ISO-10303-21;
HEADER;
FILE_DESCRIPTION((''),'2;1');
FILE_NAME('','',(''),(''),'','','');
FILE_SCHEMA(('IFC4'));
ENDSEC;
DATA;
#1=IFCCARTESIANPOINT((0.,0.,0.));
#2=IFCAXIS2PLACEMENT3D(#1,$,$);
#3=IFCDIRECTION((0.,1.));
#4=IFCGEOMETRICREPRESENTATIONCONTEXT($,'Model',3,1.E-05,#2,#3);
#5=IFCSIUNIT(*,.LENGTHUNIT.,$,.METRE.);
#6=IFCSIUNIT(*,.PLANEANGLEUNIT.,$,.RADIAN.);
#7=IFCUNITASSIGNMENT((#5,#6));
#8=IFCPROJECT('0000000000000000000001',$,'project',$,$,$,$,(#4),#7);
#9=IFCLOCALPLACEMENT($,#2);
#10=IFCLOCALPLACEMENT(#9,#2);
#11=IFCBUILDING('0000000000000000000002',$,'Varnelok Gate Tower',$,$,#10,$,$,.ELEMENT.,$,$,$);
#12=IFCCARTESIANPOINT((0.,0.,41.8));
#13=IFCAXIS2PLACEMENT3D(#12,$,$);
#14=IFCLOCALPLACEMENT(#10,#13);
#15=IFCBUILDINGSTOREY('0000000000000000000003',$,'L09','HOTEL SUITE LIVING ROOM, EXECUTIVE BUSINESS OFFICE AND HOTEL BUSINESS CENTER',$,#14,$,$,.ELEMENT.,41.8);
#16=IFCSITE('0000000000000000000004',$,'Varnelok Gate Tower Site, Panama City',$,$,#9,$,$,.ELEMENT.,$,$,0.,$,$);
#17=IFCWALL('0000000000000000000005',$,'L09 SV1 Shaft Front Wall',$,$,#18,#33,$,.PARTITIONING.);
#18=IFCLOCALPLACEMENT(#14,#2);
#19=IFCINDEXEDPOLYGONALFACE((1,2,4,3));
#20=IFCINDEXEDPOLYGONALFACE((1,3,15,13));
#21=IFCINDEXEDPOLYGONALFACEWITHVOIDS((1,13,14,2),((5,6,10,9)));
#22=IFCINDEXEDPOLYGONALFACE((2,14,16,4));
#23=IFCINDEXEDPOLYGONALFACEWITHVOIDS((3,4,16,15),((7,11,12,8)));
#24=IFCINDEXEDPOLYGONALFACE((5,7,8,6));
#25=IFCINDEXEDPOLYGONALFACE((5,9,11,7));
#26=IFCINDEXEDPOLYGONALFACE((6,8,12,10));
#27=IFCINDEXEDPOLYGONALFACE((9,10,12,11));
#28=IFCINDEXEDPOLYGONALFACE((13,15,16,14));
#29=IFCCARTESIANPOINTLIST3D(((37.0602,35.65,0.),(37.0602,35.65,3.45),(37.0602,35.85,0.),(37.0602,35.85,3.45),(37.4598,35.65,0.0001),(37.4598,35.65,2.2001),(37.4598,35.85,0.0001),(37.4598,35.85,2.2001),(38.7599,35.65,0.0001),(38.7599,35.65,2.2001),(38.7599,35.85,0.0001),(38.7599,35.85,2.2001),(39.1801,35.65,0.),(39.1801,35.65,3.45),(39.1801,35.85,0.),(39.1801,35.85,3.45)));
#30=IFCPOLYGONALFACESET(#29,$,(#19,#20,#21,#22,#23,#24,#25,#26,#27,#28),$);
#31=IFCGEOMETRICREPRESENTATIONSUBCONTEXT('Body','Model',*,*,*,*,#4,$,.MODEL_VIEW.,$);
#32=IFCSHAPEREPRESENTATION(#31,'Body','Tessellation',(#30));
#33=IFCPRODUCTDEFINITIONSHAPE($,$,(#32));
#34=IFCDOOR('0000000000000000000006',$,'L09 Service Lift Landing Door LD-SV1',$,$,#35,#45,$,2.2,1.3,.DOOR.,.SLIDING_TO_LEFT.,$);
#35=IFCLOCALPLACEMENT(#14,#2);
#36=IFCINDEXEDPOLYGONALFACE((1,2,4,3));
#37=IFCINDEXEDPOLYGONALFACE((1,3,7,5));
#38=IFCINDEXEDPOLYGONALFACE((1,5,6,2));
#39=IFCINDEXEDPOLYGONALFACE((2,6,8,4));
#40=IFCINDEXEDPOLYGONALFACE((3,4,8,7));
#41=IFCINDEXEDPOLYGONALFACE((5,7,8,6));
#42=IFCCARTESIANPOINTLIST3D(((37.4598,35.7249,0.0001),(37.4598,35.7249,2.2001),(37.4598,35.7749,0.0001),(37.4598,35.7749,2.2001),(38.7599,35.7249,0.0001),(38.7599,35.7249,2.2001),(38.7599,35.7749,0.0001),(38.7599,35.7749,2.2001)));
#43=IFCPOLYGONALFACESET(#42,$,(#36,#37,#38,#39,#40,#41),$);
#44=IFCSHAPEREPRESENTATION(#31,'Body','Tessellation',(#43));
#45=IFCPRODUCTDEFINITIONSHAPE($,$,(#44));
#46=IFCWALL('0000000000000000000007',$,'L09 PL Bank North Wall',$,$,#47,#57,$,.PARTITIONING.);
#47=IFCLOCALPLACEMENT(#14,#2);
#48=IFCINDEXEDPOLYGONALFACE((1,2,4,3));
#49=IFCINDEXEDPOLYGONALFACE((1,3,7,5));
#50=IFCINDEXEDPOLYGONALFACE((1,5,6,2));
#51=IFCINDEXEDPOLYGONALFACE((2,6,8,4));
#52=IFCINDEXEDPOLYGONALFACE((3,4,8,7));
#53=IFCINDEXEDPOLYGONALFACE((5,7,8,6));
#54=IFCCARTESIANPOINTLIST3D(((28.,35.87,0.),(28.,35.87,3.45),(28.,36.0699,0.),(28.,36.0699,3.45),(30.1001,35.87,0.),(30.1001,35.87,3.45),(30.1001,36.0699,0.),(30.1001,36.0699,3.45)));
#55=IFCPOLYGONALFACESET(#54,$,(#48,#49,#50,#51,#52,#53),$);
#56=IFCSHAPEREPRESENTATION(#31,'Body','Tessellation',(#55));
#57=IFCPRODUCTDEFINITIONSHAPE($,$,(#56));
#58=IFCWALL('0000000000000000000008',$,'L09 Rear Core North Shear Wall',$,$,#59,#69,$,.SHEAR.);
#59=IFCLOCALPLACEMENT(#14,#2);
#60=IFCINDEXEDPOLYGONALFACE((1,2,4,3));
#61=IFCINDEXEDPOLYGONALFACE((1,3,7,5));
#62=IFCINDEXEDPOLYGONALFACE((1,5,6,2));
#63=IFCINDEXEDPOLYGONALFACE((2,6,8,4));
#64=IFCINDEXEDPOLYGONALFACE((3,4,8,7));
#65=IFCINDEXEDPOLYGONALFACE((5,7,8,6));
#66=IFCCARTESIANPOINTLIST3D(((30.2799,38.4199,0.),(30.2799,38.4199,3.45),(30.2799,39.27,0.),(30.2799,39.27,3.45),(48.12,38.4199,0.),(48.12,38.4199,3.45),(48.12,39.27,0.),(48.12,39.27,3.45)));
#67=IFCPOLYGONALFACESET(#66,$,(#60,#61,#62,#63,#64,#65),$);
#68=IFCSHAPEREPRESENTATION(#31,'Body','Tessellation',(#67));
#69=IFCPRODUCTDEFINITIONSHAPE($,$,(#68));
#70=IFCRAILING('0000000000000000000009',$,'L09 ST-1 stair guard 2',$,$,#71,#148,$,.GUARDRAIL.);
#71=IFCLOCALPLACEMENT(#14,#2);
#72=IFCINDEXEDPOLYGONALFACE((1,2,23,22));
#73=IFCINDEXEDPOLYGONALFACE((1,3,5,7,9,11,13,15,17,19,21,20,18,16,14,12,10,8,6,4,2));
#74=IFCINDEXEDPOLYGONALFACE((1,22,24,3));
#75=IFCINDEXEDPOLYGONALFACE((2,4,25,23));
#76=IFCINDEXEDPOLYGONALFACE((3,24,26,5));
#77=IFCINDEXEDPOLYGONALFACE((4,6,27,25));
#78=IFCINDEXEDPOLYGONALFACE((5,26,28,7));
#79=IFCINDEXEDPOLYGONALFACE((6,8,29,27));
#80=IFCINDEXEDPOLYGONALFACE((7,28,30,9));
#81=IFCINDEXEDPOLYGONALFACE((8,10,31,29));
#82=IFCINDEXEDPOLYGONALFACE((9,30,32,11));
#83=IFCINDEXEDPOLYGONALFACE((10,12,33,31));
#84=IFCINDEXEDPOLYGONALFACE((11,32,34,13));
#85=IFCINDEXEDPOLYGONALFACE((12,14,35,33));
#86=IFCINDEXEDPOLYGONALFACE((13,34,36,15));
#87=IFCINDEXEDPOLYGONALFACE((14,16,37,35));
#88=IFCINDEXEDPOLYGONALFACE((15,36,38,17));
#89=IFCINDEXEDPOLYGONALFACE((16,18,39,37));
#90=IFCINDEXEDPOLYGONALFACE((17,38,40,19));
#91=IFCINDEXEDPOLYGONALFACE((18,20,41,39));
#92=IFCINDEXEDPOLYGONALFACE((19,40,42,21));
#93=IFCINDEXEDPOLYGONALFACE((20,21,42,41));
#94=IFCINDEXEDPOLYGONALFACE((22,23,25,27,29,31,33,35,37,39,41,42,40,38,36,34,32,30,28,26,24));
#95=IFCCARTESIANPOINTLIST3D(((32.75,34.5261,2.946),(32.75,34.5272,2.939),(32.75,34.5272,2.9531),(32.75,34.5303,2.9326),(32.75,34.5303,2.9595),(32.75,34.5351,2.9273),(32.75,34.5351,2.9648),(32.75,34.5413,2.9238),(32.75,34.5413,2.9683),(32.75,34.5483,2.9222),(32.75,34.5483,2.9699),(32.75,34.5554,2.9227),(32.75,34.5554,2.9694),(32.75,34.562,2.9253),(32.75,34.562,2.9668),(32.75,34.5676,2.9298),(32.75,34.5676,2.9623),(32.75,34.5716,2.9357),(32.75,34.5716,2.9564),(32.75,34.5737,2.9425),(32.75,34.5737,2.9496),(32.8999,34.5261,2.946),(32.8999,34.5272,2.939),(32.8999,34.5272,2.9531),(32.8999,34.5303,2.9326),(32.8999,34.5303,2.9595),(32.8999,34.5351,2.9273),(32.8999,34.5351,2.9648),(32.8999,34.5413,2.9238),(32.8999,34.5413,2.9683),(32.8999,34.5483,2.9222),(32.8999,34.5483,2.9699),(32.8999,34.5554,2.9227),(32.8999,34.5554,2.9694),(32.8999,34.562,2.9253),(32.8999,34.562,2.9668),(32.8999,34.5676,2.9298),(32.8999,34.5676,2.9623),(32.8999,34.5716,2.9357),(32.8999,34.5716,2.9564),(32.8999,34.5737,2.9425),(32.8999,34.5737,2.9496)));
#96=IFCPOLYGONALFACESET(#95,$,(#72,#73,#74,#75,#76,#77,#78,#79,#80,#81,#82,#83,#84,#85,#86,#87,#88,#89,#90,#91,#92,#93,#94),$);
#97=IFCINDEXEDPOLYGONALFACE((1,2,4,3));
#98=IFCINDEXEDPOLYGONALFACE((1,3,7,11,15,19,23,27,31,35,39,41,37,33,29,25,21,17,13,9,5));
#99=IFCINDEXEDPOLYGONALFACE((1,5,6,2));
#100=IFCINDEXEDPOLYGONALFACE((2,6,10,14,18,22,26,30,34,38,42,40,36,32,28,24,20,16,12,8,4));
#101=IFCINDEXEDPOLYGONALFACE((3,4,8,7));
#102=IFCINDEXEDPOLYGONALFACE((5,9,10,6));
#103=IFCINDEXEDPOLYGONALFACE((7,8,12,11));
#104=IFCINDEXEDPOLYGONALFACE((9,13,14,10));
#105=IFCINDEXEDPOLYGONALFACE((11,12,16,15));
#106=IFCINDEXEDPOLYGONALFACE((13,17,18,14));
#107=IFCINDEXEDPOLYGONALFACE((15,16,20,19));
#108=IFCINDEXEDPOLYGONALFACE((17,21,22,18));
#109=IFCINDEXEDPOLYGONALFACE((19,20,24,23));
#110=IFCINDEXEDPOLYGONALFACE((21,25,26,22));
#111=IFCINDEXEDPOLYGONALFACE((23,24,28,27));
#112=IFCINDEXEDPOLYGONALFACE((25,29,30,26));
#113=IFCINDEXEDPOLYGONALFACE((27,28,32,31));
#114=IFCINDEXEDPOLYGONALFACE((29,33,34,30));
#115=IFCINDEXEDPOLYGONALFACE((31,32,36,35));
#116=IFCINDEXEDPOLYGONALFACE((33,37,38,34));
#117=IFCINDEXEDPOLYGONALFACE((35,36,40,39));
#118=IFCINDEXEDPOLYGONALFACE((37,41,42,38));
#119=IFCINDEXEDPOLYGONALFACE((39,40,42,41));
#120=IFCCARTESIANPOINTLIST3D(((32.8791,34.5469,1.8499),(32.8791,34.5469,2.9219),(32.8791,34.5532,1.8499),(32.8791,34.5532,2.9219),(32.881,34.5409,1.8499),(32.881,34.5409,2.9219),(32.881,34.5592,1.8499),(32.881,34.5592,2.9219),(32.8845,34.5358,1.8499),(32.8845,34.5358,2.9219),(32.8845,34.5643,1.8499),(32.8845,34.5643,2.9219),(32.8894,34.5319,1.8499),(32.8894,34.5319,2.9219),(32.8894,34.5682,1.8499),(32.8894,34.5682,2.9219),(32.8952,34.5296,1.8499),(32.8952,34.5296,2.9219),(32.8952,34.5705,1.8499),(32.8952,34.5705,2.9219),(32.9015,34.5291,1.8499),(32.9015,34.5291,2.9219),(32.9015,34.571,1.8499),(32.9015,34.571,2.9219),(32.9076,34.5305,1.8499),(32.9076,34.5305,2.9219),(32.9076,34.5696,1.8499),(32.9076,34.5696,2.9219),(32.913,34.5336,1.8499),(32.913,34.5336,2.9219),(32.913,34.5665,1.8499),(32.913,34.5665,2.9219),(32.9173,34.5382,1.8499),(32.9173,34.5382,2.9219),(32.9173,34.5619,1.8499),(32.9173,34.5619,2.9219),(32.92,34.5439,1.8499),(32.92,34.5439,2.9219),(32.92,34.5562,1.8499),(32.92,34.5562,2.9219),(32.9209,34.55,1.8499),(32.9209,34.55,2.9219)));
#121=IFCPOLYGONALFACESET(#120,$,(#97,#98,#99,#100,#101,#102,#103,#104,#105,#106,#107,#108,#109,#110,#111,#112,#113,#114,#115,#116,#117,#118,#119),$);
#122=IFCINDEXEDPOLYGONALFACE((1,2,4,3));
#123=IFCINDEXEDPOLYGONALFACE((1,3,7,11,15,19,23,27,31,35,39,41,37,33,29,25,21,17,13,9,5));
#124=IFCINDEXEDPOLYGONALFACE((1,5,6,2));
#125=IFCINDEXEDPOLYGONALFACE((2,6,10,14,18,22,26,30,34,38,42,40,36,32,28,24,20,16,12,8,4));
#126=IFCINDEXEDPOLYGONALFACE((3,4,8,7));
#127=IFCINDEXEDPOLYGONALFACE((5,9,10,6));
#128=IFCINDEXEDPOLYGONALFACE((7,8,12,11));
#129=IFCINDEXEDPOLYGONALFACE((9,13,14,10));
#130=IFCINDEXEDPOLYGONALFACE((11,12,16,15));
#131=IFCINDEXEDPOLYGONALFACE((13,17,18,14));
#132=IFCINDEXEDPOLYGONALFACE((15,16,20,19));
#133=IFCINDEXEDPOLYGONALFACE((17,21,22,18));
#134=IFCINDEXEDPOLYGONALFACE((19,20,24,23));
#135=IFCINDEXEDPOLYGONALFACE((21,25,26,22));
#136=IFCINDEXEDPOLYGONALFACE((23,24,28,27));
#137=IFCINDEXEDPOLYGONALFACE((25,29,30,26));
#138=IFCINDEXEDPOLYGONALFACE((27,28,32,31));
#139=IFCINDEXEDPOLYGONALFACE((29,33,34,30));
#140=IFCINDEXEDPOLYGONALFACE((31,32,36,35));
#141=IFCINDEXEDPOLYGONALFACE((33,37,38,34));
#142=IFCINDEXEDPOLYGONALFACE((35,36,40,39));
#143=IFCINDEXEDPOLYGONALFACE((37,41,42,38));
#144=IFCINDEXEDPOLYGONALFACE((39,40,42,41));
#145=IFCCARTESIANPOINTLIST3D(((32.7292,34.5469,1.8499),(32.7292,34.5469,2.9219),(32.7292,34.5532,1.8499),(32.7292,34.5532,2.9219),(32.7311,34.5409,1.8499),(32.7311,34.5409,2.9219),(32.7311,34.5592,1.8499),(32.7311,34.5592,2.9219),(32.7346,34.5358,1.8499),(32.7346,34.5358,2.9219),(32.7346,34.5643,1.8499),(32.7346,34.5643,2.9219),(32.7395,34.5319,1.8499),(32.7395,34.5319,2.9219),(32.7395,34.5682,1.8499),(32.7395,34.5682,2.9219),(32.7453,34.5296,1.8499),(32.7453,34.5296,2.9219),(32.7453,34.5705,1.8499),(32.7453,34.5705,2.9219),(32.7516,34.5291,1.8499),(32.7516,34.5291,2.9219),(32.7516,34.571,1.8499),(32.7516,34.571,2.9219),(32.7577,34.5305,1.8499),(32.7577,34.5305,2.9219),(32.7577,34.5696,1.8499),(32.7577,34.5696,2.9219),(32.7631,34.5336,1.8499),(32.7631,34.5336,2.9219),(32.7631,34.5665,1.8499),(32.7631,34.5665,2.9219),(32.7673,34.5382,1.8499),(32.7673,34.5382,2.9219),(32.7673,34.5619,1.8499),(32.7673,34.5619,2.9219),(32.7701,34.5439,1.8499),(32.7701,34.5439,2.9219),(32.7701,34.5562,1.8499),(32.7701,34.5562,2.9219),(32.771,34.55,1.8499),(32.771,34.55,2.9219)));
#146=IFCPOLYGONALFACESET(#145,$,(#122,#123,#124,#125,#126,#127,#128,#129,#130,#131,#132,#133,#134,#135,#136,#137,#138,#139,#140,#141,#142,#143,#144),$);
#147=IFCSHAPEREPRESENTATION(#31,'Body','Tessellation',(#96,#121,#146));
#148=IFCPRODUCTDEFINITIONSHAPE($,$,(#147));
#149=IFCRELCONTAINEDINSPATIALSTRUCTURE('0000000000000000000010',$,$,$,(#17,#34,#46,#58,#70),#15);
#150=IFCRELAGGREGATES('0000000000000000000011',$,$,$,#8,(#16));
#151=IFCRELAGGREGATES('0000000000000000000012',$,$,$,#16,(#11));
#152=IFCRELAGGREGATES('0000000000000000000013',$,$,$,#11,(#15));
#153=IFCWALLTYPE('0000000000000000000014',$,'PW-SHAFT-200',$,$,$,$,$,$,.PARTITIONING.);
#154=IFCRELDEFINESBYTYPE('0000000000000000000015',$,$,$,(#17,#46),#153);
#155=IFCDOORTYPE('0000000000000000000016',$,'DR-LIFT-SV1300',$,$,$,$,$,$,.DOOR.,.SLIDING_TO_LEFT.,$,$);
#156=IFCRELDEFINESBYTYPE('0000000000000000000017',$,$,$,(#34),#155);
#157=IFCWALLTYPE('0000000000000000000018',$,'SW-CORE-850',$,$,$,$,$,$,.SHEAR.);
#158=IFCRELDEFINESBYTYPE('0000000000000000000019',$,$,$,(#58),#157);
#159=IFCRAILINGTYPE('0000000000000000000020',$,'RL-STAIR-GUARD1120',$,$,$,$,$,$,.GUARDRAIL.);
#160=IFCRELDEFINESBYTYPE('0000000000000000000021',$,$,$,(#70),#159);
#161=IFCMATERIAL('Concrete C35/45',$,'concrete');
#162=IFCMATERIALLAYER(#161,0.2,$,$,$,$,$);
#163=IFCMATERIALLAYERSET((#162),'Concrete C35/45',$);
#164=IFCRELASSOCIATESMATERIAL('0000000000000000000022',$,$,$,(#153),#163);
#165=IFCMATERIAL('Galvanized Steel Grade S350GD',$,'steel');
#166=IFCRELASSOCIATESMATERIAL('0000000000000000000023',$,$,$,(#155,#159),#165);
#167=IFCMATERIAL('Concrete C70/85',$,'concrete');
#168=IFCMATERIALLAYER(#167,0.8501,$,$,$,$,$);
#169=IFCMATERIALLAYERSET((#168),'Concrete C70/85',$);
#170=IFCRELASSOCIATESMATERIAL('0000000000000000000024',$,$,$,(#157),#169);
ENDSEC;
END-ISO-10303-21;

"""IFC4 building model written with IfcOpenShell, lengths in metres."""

from ifc_helpers import new_model, si_unit, direction, frame, frame_2d, origin, origin_2d, place, context, subcontext, project, spatial, rectangle, circle, extrude, material, layer, layer_set, type_object, element, fill, save


model = new_model("IFC4")

# Units and contexts
model_context = context("Model", 3, precision=1e-05, world=origin(), true_north=direction((0.0, 1.0)))
body_context = subcontext(model_context, "Body", "Model", "MODEL_VIEW")
ifc_project = project(units=[si_unit("LENGTHUNIT", "METRE"), si_unit("PLANEANGLEUNIT", "RADIAN")], contexts=[model_context])

# Site, building, storey
site_placement = place(None, origin())
site = spatial("IfcSite", under=ifc_project, at=site_placement, Name="Varnelok Gate Tower Site, Panama City", CompositionType="ELEMENT", RefElevation=0.0)
building_placement = place(site_placement, origin())
building = spatial("IfcBuilding", under=site, at=building_placement, Name="Varnelok Gate Tower", CompositionType="ELEMENT")
storey_placement = place(building_placement, frame((0.0, 0.0, 41.8)))
storey = spatial("IfcBuildingStorey", under=building, at=storey_placement, Name="L09", Description="HOTEL SUITE LIVING ROOM, EXECUTIVE BUSINESS OFFICE AND HOTEL BUSINESS CENTER", CompositionType="ELEMENT", Elevation=41.8)

# Shared definitions
ifc_material_1 = material(Name="Concrete C70/85", Category="concrete")

# Shared definitions
ifc_material_2 = material(Name="Concrete C35/45", Category="concrete")
ifc_layer_1 = layer(ifc_material_2, 0.2)
ifc_layer_set_1 = layer_set([ifc_layer_1], Name="Concrete C35/45")
wall_type_1 = type_object("IfcWallType", Name="PW-SHAFT-200", PredefinedType="PARTITIONING", material=ifc_layer_set_1)

# Wall, opening, door
wall_1_placement = place(storey_placement, frame((37.0601, 35.75, 0.0), z_axis=(0.0, 0.0, 1.0), x_axis=(1.0, 0.0, 0.0)))
wall_1 = element("IfcWall", 1, at=wall_1_placement, inside=storey, type_object=wall_type_1, Name="L09 SV1 Shaft Front Wall", PredefinedType="PARTITIONING", context=body_context, shape_type="SweptSolid", body=[
    extrude(rectangle(XDim=2.1199, YDim=0.2, at=frame_2d((1.0601, 0.0))), origin(), (0.0, 0.0, 1.0), 3.45),
])
opening_1_placement = place(wall_1_placement, frame((0.3999, 0.0, 0.0)))
opening_1 = element("IfcOpeningElement", 2, at=opening_1_placement, cuts=wall_1, PredefinedType="OPENING", context=body_context, shape_type="SweptSolid", body=[
    extrude(rectangle(XDim=1.3, YDim=2.2, at=frame_2d((0.6499, 1.1001))), frame((0.0, 0.1099, 0.0), z_axis=(0.0, -1.0, 0.0), x_axis=(1.0, 0.0, 0.0)), (0.0, 0.0, 1.0), 0.22),
])
ifc_material_3 = material(Name="Galvanized Steel Grade S350GD", Category="steel")
door_type_1 = type_object("IfcDoorType", Name="DR-LIFT-SV1300", OperationType="SLIDING_TO_LEFT", PredefinedType="DOOR", material=ifc_material_3)
door_1_placement = place(opening_1_placement, origin())
door_1 = element("IfcDoor", 3, at=door_1_placement, inside=storey, type_object=door_type_1, Name="L09 Service Lift Landing Door LD-SV1", OperationType="SLIDING_TO_LEFT", OverallHeight=2.2, OverallWidth=1.3, PredefinedType="DOOR", context=body_context, shape_type="SweptSolid", body=[
    extrude(rectangle(XDim=1.3, YDim=2.2, at=frame_2d((0.6499, 1.1001))), frame((0.0, 0.0249, 0.0), z_axis=(0.0, -1.0, 0.0), x_axis=(1.0, 0.0, 0.0)), (0.0, 0.0, 1.0), 0.05),
])
fill(opening_1, door_1)

# Walls
wall_2_placement = place(storey_placement, frame((28.0, 35.97, 0.0), z_axis=(0.0, 0.0, 1.0), x_axis=(1.0, 0.0, 0.0)))
element("IfcWall", 4, at=wall_2_placement, inside=storey, type_object=wall_type_1, Name="L09 PL Bank North Wall", PredefinedType="PARTITIONING", context=body_context, shape_type="SweptSolid", body=[
    extrude(rectangle(XDim=2.1001, YDim=0.2, at=frame_2d((1.05, 0.0))), origin(), (0.0, 0.0, 1.0), 3.45),
])
ifc_layer_2 = layer(ifc_material_1, 0.8501)
ifc_layer_set_2 = layer_set([ifc_layer_2], Name="Concrete C70/85")
wall_type_2 = type_object("IfcWallType", Name="SW-CORE-850", PredefinedType="SHEAR", material=ifc_layer_set_2)
wall_3_placement = place(storey_placement, frame((30.28, 38.845, 0.0), z_axis=(0.0, 0.0, 1.0), x_axis=(1.0, 0.0, 0.0)))
element("IfcWall", 5, at=wall_3_placement, inside=storey, type_object=wall_type_2, Name="L09 Rear Core North Shear Wall", PredefinedType="SHEAR", context=body_context, shape_type="SweptSolid", body=[
    extrude(rectangle(XDim=17.8401, YDim=0.8501, at=frame_2d((8.9199, 0.0))), origin(), (0.0, 0.0, 1.0), 3.45),
])

# Railing
railing_type = type_object("IfcRailingType", Name="RL-STAIR-GUARD1120", PredefinedType="GUARDRAIL", material=ifc_material_3)
railing_placement = place(storey_placement, frame((32.8999, 34.55, 1.8499)))
element("IfcRailing", 6, at=railing_placement, inside=storey, type_object=railing_type, Name="L09 ST-1 stair guard 2", PredefinedType="GUARDRAIL", context=body_context, shape_type="SweptSolid", body=[
    extrude(circle(Radius=0.0239, at=origin_2d()), frame((0.0, 0.0, 1.0962), z_axis=(-1.0, 0.0, 0.0), x_axis=(0.0, -1.0, 0.0)), (0.0, 0.0, 1.0), 0.1499),
    extrude(circle(Radius=0.021, at=origin_2d()), origin(), (0.0, 0.0, 1.0), 1.072),
    extrude(circle(Radius=0.021, at=origin_2d()), frame((-0.1499, 0.0, 0.0)), (0.0, 0.0, 1.0), 1.072),
])

save(model, "model.ifc")
